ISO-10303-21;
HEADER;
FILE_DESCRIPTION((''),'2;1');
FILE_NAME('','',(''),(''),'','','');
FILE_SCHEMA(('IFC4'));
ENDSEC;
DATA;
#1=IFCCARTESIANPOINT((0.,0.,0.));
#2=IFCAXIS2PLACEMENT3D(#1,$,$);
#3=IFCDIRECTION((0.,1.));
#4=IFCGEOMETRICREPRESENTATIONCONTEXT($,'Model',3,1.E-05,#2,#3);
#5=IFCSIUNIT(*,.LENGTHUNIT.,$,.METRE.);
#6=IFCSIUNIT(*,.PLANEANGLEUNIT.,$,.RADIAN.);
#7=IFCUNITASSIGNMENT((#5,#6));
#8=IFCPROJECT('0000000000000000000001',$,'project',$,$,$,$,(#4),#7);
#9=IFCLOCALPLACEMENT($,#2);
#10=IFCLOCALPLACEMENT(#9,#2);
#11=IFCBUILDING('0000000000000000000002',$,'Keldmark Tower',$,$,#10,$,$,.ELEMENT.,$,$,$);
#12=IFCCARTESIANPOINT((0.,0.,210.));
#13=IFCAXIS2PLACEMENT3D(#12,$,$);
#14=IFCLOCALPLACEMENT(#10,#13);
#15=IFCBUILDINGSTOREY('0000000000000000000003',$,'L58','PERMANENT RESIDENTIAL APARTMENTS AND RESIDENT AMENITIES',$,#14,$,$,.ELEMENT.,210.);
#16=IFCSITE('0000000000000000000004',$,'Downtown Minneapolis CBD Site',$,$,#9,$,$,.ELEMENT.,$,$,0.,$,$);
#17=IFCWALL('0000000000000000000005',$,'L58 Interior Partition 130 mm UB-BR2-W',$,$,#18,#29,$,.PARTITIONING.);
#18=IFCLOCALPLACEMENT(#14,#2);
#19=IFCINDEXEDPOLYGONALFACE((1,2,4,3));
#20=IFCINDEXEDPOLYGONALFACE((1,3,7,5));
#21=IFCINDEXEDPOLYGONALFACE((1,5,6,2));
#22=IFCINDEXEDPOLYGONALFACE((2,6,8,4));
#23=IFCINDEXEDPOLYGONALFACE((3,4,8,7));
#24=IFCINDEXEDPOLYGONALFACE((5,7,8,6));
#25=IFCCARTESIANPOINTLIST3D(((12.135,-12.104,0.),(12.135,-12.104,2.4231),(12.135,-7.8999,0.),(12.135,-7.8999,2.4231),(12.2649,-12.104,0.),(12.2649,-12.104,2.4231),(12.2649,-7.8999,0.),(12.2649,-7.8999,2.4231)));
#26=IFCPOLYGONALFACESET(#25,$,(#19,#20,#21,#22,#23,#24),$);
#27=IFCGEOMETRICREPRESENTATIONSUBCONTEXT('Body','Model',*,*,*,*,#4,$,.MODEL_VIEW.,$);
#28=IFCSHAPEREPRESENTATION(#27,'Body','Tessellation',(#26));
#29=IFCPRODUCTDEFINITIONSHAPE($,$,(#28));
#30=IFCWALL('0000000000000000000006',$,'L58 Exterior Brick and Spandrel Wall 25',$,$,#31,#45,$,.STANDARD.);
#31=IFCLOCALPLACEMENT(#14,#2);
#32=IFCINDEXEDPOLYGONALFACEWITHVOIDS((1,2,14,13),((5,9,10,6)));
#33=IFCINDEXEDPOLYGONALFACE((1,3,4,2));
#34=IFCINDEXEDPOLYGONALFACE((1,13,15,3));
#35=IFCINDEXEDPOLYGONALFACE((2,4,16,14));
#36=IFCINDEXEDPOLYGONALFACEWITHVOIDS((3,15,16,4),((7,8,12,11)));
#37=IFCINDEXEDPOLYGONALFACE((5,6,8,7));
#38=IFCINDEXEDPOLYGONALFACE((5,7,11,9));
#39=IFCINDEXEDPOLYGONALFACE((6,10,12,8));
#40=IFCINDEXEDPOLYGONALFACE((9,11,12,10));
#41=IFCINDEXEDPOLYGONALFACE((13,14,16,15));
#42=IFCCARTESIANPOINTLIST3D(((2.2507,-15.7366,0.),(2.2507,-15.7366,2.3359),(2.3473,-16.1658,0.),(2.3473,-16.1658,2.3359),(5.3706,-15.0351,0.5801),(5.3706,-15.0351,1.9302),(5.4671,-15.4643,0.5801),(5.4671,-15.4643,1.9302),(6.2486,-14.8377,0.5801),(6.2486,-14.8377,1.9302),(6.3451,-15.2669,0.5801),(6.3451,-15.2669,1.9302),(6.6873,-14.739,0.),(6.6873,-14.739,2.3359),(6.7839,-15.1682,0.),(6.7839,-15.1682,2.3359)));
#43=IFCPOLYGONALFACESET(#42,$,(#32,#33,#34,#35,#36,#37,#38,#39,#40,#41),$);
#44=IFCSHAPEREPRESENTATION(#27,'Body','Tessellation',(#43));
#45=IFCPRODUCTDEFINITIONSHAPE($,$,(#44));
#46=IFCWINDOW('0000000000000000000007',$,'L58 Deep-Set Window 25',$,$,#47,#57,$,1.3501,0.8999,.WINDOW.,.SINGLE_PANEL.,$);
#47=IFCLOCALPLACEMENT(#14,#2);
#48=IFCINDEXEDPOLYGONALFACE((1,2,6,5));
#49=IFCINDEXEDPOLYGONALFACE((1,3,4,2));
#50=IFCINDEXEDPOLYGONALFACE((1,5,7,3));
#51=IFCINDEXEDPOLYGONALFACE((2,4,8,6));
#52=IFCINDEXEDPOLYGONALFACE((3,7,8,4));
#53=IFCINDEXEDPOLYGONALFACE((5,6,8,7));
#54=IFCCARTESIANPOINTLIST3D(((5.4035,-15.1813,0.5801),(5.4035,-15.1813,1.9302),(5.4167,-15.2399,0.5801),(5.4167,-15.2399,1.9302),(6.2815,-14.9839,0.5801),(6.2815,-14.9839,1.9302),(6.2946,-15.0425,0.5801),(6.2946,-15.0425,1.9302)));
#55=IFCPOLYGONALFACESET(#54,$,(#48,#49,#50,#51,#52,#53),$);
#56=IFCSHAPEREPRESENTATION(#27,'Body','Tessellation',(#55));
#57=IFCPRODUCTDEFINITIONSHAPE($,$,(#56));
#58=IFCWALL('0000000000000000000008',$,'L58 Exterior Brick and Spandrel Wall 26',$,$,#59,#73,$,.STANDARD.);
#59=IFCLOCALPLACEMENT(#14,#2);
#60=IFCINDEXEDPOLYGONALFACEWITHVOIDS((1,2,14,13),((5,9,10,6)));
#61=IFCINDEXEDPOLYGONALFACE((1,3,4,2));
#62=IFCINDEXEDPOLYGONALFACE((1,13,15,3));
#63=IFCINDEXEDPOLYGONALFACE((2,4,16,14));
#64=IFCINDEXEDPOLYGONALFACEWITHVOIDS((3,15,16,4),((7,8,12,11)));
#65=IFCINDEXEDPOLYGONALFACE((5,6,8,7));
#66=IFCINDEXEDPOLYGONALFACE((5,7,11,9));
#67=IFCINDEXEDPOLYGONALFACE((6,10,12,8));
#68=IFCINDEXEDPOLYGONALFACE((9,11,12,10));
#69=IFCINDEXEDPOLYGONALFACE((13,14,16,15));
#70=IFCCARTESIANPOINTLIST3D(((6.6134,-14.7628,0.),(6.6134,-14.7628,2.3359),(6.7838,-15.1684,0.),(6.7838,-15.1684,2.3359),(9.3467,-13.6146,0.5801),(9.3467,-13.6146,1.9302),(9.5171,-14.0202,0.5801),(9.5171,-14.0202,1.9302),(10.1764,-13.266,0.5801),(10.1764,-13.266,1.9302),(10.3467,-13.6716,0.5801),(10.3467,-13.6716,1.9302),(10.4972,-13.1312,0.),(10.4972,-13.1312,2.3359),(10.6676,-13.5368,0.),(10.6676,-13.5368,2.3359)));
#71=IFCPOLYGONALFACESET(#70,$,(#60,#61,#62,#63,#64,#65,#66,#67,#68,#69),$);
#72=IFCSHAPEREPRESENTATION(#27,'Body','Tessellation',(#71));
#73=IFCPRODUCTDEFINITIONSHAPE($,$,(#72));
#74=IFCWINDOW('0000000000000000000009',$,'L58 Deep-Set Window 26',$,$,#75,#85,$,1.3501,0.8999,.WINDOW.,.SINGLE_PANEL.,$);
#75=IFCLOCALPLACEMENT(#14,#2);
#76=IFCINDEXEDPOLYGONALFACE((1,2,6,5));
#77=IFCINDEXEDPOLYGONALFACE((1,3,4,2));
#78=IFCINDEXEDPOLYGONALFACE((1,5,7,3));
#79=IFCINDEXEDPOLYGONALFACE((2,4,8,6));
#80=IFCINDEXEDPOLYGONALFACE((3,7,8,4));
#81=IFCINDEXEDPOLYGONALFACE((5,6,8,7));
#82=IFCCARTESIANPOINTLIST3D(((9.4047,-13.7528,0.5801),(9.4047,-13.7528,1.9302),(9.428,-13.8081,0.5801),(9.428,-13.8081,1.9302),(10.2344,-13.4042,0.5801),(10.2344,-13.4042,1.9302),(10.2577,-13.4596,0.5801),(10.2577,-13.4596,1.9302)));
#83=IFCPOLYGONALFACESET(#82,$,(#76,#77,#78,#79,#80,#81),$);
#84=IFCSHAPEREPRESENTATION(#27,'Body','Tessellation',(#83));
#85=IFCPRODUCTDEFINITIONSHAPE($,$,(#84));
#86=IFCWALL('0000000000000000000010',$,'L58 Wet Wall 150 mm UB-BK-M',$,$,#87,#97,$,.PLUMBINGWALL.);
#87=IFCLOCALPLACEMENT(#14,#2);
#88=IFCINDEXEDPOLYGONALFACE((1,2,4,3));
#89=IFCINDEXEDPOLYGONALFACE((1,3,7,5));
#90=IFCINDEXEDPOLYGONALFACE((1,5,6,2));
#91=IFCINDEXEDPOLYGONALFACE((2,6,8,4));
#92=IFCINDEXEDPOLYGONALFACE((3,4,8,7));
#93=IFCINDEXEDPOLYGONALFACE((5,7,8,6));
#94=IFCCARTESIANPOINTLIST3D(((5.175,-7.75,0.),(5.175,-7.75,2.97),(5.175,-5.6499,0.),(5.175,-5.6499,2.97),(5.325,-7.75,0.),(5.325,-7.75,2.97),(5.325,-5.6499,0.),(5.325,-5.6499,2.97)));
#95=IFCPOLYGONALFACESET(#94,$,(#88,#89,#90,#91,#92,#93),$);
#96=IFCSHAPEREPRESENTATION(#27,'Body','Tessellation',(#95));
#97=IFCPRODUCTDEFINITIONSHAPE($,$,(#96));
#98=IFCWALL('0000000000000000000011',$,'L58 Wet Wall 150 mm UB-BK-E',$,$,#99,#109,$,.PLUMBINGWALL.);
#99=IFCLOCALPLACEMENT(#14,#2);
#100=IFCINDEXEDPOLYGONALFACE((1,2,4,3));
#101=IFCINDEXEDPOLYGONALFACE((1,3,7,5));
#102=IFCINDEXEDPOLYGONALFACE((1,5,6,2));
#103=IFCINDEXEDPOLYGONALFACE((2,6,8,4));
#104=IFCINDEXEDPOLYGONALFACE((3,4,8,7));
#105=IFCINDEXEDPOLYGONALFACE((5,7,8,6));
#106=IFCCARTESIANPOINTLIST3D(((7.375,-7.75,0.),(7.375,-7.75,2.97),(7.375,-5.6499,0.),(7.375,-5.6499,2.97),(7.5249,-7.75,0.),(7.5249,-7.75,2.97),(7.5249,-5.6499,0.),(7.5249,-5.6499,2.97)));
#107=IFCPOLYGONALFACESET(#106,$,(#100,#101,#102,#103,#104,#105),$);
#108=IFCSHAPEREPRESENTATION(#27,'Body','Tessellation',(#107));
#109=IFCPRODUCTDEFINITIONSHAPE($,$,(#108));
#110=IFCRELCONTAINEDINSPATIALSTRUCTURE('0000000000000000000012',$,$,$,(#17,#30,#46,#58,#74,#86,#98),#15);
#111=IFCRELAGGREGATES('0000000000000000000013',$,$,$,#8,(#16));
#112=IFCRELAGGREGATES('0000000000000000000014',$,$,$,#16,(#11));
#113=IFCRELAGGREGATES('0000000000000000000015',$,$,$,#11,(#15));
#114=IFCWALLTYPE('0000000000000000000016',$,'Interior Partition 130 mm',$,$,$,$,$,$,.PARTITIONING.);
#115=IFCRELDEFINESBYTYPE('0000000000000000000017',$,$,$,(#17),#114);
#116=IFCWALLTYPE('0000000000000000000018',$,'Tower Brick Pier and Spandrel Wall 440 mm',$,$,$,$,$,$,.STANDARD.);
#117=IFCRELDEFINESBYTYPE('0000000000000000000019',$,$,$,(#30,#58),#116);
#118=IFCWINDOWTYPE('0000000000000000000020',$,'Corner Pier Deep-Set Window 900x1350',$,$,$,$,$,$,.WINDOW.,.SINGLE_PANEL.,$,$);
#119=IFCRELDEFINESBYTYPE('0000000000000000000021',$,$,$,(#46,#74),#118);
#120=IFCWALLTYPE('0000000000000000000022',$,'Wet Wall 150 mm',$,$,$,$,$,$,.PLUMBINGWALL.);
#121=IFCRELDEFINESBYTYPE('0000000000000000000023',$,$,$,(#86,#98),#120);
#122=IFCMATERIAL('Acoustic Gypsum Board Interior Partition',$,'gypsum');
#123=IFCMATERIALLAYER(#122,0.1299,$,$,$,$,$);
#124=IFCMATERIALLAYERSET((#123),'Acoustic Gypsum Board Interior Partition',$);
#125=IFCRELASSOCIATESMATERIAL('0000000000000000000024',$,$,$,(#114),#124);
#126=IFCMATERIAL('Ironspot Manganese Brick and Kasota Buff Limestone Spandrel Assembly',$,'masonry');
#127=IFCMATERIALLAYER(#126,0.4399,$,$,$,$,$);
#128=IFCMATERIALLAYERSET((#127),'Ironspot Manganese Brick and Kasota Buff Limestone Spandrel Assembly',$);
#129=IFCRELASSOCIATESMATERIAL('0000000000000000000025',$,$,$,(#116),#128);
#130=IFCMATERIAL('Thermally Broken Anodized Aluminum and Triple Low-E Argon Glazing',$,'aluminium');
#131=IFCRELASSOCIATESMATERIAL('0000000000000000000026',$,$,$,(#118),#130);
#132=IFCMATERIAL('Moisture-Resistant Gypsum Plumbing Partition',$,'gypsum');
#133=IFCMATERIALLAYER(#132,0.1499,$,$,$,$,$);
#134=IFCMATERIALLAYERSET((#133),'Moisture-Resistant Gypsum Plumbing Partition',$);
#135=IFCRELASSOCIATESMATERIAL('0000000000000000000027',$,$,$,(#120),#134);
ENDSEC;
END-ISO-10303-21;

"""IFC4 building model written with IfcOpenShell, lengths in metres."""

from ifc_helpers import new_model, si_unit, direction, frame, frame_2d, origin, place, context, subcontext, project, spatial, rectangle, extrude, material, layer, layer_set, type_object, element, fill, save


model = new_model("IFC4")

# Units and contexts
model_context = context("Model", 3, precision=1e-05, world=origin(), true_north=direction((0.0, 1.0)))
body_context = subcontext(model_context, "Body", "Model", "MODEL_VIEW")
ifc_project = project(units=[si_unit("LENGTHUNIT", "METRE"), si_unit("PLANEANGLEUNIT", "RADIAN")], contexts=[model_context])

# Site, building, storey
site_placement = place(None, origin())
site = spatial("IfcSite", under=ifc_project, at=site_placement, Name="Downtown Minneapolis CBD Site", CompositionType="ELEMENT", RefElevation=0.0)
building_placement = place(site_placement, origin())
building = spatial("IfcBuilding", under=site, at=building_placement, Name="Keldmark Tower", CompositionType="ELEMENT")
storey_placement = place(building_placement, frame((0.0, 0.0, 210.0)))
storey = spatial("IfcBuildingStorey", under=building, at=storey_placement, Name="L58", Description="PERMANENT RESIDENTIAL APARTMENTS AND RESIDENT AMENITIES", CompositionType="ELEMENT", Elevation=210.0)

# Wall
ifc_material_1 = material(Name="Acoustic Gypsum Board Interior Partition", Category="gypsum")
ifc_layer_1 = layer(ifc_material_1, 0.1299)
ifc_layer_set_1 = layer_set([ifc_layer_1], Name="Acoustic Gypsum Board Interior Partition")
wall_type_1 = type_object("IfcWallType", Name="Interior Partition 130 mm", PredefinedType="PARTITIONING", material=ifc_layer_set_1)
wall_1_placement = place(storey_placement, frame((12.2, -12.104, 0.0), z_axis=(0.0, 0.0, 1.0), x_axis=(0.0, 1.0, 0.0)))
element("IfcWall", 1, at=wall_1_placement, inside=storey, type_object=wall_type_1, Name="L58 Interior Partition 130 mm UB-BR2-W", PredefinedType="PARTITIONING", context=body_context, shape_type="SweptSolid", body=[
    extrude(rectangle(XDim=4.2041, YDim=0.1299, at=frame_2d((2.1021, 0.0))), origin(), (0.0, 0.0, 1.0), 2.4231),
])

# Walls, openings, windows
ifc_material_2 = material(Name="Ironspot Manganese Brick and Kasota Buff Limestone Spandrel Assembly", Category="masonry")
ifc_layer_2 = layer(ifc_material_2, 0.4399)
ifc_layer_set_2 = layer_set([ifc_layer_2], Name="Ironspot Manganese Brick and Kasota Buff Limestone Spandrel Assembly")
wall_type_2 = type_object("IfcWallType", Name="Tower Brick Pier and Spandrel Wall 440 mm", PredefinedType="STANDARD", material=ifc_layer_set_2)
wall_2_placement = place(storey_placement, frame((6.7356, -14.9536, 0.0), z_axis=(0.0, 0.0, 1.0), x_axis=(-0.975641, -0.219374, 0.0)))
wall_2 = element("IfcWall", 2, at=wall_2_placement, inside=storey, type_object=wall_type_2, Name="L58 Exterior Brick and Spandrel Wall 25", PredefinedType="STANDARD", context=body_context, shape_type="SweptSolid", body=[
    extrude(rectangle(XDim=4.5474, YDim=0.4399, at=frame_2d((2.2737, 0.0))), origin(), (0.0, 0.0, 1.0), 2.3359),
])
opening_1_placement = place(wall_2_placement, frame((0.4497, 0.0, 0.5801)))
opening_1 = element("IfcOpeningElement", 3, at=opening_1_placement, cuts=wall_2, PredefinedType="OPENING", context=body_context, shape_type="SweptSolid", body=[
    extrude(rectangle(XDim=0.8999, YDim=1.3501, at=frame_2d((0.45, 0.675))), frame((0.0, 0.23, 0.0), z_axis=(0.0, -1.0, 0.0), x_axis=(1.0, 0.0, 0.0)), (0.0, 0.0, 1.0), 0.46),
])
ifc_material_3 = material(Name="Thermally Broken Anodized Aluminum and Triple Low-E Argon Glazing", Category="aluminium")
window_type = type_object("IfcWindowType", Name="Corner Pier Deep-Set Window 900x1350", PartitioningType="SINGLE_PANEL", PredefinedType="WINDOW", material=ifc_material_3)
window_1_placement = place(opening_1_placement, origin())
window_1 = element("IfcWindow", 4, at=window_1_placement, inside=storey, type_object=window_type, Name="L58 Deep-Set Window 25", OverallHeight=1.3501, OverallWidth=0.8999, PartitioningType="SINGLE_PANEL", PredefinedType="WINDOW", context=body_context, shape_type="SweptSolid", body=[
    extrude(rectangle(XDim=0.8999, YDim=1.3501, at=frame_2d((0.45, 0.675))), frame((0.0, -0.01, 0.0), z_axis=(0.0, -1.0, 0.0), x_axis=(1.0, 0.0, 0.0)), (0.0, 0.0, 1.0), 0.0601),
])
fill(opening_1, window_1)
wall_3_placement = place(storey_placement, frame((10.5825, -13.334, 0.0), z_axis=(0.0, 0.0, 1.0), x_axis=(-0.921948, -0.387313, 0.0)))
wall_3 = element("IfcWall", 5, at=wall_3_placement, inside=storey, type_object=wall_type_2, Name="L58 Exterior Brick and Spandrel Wall 26", PredefinedType="STANDARD", context=body_context, shape_type="SweptSolid", body=[
    extrude(rectangle(XDim=4.2126, YDim=0.4399, at=frame_2d((2.1064, 0.0))), origin(), (0.0, 0.0, 1.0), 2.3359),
])
opening_2_placement = place(wall_3_placement, frame((0.3481, 0.0, 0.5801)))
opening_2 = element("IfcOpeningElement", 6, at=opening_2_placement, cuts=wall_3, PredefinedType="OPENING", context=body_context, shape_type="SweptSolid", body=[
    extrude(rectangle(XDim=0.8999, YDim=1.3501, at=frame_2d((0.45, 0.675))), frame((0.0, 0.23, 0.0), z_axis=(0.0, -1.0, 0.0), x_axis=(1.0, 0.0, 0.0)), (0.0, 0.0, 1.0), 0.46),
])
window_2_placement = place(opening_2_placement, origin())
window_2 = element("IfcWindow", 7, at=window_2_placement, inside=storey, type_object=window_type, Name="L58 Deep-Set Window 26", OverallHeight=1.3501, OverallWidth=0.8999, PartitioningType="SINGLE_PANEL", PredefinedType="WINDOW", context=body_context, shape_type="SweptSolid", body=[
    extrude(rectangle(XDim=0.8999, YDim=1.3501, at=frame_2d((0.45, 0.675))), frame((0.0, -0.01, 0.0), z_axis=(0.0, -1.0, 0.0), x_axis=(1.0, 0.0, 0.0)), (0.0, 0.0, 1.0), 0.0601),
])
fill(opening_2, window_2)

# Walls
ifc_material_4 = material(Name="Moisture-Resistant Gypsum Plumbing Partition", Category="gypsum")
ifc_layer_3 = layer(ifc_material_4, 0.1499)
ifc_layer_set_3 = layer_set([ifc_layer_3], Name="Moisture-Resistant Gypsum Plumbing Partition")
wall_type_3 = type_object("IfcWallType", Name="Wet Wall 150 mm", PredefinedType="PLUMBINGWALL", material=ifc_layer_set_3)
for number, where, z_axis, x_axis, name in (
    (8, (5.25, -7.75, 0.0), (0.0, 0.0, 1.0), (0.0, 1.0, 0.0), "L58 Wet Wall 150 mm UB-BK-M"),
    (9, (7.45, -7.75, 0.0), (0.0, 0.0, 1.0), (0.0, 1.0, 0.0), "L58 Wet Wall 150 mm UB-BK-E"),
):
    element("IfcWall", number, at=place(storey_placement, frame(where, z_axis=z_axis, x_axis=x_axis)), inside=storey, type_object=wall_type_3, Name=name, PredefinedType="PLUMBINGWALL", context=body_context, shape_type="SweptSolid", body=[
        extrude(rectangle(XDim=2.1001, YDim=0.1499, at=frame_2d((1.05, 0.0))), origin(), (0.0, 0.0, 1.0), 2.97),
    ])

save(model, "model.ifc")
